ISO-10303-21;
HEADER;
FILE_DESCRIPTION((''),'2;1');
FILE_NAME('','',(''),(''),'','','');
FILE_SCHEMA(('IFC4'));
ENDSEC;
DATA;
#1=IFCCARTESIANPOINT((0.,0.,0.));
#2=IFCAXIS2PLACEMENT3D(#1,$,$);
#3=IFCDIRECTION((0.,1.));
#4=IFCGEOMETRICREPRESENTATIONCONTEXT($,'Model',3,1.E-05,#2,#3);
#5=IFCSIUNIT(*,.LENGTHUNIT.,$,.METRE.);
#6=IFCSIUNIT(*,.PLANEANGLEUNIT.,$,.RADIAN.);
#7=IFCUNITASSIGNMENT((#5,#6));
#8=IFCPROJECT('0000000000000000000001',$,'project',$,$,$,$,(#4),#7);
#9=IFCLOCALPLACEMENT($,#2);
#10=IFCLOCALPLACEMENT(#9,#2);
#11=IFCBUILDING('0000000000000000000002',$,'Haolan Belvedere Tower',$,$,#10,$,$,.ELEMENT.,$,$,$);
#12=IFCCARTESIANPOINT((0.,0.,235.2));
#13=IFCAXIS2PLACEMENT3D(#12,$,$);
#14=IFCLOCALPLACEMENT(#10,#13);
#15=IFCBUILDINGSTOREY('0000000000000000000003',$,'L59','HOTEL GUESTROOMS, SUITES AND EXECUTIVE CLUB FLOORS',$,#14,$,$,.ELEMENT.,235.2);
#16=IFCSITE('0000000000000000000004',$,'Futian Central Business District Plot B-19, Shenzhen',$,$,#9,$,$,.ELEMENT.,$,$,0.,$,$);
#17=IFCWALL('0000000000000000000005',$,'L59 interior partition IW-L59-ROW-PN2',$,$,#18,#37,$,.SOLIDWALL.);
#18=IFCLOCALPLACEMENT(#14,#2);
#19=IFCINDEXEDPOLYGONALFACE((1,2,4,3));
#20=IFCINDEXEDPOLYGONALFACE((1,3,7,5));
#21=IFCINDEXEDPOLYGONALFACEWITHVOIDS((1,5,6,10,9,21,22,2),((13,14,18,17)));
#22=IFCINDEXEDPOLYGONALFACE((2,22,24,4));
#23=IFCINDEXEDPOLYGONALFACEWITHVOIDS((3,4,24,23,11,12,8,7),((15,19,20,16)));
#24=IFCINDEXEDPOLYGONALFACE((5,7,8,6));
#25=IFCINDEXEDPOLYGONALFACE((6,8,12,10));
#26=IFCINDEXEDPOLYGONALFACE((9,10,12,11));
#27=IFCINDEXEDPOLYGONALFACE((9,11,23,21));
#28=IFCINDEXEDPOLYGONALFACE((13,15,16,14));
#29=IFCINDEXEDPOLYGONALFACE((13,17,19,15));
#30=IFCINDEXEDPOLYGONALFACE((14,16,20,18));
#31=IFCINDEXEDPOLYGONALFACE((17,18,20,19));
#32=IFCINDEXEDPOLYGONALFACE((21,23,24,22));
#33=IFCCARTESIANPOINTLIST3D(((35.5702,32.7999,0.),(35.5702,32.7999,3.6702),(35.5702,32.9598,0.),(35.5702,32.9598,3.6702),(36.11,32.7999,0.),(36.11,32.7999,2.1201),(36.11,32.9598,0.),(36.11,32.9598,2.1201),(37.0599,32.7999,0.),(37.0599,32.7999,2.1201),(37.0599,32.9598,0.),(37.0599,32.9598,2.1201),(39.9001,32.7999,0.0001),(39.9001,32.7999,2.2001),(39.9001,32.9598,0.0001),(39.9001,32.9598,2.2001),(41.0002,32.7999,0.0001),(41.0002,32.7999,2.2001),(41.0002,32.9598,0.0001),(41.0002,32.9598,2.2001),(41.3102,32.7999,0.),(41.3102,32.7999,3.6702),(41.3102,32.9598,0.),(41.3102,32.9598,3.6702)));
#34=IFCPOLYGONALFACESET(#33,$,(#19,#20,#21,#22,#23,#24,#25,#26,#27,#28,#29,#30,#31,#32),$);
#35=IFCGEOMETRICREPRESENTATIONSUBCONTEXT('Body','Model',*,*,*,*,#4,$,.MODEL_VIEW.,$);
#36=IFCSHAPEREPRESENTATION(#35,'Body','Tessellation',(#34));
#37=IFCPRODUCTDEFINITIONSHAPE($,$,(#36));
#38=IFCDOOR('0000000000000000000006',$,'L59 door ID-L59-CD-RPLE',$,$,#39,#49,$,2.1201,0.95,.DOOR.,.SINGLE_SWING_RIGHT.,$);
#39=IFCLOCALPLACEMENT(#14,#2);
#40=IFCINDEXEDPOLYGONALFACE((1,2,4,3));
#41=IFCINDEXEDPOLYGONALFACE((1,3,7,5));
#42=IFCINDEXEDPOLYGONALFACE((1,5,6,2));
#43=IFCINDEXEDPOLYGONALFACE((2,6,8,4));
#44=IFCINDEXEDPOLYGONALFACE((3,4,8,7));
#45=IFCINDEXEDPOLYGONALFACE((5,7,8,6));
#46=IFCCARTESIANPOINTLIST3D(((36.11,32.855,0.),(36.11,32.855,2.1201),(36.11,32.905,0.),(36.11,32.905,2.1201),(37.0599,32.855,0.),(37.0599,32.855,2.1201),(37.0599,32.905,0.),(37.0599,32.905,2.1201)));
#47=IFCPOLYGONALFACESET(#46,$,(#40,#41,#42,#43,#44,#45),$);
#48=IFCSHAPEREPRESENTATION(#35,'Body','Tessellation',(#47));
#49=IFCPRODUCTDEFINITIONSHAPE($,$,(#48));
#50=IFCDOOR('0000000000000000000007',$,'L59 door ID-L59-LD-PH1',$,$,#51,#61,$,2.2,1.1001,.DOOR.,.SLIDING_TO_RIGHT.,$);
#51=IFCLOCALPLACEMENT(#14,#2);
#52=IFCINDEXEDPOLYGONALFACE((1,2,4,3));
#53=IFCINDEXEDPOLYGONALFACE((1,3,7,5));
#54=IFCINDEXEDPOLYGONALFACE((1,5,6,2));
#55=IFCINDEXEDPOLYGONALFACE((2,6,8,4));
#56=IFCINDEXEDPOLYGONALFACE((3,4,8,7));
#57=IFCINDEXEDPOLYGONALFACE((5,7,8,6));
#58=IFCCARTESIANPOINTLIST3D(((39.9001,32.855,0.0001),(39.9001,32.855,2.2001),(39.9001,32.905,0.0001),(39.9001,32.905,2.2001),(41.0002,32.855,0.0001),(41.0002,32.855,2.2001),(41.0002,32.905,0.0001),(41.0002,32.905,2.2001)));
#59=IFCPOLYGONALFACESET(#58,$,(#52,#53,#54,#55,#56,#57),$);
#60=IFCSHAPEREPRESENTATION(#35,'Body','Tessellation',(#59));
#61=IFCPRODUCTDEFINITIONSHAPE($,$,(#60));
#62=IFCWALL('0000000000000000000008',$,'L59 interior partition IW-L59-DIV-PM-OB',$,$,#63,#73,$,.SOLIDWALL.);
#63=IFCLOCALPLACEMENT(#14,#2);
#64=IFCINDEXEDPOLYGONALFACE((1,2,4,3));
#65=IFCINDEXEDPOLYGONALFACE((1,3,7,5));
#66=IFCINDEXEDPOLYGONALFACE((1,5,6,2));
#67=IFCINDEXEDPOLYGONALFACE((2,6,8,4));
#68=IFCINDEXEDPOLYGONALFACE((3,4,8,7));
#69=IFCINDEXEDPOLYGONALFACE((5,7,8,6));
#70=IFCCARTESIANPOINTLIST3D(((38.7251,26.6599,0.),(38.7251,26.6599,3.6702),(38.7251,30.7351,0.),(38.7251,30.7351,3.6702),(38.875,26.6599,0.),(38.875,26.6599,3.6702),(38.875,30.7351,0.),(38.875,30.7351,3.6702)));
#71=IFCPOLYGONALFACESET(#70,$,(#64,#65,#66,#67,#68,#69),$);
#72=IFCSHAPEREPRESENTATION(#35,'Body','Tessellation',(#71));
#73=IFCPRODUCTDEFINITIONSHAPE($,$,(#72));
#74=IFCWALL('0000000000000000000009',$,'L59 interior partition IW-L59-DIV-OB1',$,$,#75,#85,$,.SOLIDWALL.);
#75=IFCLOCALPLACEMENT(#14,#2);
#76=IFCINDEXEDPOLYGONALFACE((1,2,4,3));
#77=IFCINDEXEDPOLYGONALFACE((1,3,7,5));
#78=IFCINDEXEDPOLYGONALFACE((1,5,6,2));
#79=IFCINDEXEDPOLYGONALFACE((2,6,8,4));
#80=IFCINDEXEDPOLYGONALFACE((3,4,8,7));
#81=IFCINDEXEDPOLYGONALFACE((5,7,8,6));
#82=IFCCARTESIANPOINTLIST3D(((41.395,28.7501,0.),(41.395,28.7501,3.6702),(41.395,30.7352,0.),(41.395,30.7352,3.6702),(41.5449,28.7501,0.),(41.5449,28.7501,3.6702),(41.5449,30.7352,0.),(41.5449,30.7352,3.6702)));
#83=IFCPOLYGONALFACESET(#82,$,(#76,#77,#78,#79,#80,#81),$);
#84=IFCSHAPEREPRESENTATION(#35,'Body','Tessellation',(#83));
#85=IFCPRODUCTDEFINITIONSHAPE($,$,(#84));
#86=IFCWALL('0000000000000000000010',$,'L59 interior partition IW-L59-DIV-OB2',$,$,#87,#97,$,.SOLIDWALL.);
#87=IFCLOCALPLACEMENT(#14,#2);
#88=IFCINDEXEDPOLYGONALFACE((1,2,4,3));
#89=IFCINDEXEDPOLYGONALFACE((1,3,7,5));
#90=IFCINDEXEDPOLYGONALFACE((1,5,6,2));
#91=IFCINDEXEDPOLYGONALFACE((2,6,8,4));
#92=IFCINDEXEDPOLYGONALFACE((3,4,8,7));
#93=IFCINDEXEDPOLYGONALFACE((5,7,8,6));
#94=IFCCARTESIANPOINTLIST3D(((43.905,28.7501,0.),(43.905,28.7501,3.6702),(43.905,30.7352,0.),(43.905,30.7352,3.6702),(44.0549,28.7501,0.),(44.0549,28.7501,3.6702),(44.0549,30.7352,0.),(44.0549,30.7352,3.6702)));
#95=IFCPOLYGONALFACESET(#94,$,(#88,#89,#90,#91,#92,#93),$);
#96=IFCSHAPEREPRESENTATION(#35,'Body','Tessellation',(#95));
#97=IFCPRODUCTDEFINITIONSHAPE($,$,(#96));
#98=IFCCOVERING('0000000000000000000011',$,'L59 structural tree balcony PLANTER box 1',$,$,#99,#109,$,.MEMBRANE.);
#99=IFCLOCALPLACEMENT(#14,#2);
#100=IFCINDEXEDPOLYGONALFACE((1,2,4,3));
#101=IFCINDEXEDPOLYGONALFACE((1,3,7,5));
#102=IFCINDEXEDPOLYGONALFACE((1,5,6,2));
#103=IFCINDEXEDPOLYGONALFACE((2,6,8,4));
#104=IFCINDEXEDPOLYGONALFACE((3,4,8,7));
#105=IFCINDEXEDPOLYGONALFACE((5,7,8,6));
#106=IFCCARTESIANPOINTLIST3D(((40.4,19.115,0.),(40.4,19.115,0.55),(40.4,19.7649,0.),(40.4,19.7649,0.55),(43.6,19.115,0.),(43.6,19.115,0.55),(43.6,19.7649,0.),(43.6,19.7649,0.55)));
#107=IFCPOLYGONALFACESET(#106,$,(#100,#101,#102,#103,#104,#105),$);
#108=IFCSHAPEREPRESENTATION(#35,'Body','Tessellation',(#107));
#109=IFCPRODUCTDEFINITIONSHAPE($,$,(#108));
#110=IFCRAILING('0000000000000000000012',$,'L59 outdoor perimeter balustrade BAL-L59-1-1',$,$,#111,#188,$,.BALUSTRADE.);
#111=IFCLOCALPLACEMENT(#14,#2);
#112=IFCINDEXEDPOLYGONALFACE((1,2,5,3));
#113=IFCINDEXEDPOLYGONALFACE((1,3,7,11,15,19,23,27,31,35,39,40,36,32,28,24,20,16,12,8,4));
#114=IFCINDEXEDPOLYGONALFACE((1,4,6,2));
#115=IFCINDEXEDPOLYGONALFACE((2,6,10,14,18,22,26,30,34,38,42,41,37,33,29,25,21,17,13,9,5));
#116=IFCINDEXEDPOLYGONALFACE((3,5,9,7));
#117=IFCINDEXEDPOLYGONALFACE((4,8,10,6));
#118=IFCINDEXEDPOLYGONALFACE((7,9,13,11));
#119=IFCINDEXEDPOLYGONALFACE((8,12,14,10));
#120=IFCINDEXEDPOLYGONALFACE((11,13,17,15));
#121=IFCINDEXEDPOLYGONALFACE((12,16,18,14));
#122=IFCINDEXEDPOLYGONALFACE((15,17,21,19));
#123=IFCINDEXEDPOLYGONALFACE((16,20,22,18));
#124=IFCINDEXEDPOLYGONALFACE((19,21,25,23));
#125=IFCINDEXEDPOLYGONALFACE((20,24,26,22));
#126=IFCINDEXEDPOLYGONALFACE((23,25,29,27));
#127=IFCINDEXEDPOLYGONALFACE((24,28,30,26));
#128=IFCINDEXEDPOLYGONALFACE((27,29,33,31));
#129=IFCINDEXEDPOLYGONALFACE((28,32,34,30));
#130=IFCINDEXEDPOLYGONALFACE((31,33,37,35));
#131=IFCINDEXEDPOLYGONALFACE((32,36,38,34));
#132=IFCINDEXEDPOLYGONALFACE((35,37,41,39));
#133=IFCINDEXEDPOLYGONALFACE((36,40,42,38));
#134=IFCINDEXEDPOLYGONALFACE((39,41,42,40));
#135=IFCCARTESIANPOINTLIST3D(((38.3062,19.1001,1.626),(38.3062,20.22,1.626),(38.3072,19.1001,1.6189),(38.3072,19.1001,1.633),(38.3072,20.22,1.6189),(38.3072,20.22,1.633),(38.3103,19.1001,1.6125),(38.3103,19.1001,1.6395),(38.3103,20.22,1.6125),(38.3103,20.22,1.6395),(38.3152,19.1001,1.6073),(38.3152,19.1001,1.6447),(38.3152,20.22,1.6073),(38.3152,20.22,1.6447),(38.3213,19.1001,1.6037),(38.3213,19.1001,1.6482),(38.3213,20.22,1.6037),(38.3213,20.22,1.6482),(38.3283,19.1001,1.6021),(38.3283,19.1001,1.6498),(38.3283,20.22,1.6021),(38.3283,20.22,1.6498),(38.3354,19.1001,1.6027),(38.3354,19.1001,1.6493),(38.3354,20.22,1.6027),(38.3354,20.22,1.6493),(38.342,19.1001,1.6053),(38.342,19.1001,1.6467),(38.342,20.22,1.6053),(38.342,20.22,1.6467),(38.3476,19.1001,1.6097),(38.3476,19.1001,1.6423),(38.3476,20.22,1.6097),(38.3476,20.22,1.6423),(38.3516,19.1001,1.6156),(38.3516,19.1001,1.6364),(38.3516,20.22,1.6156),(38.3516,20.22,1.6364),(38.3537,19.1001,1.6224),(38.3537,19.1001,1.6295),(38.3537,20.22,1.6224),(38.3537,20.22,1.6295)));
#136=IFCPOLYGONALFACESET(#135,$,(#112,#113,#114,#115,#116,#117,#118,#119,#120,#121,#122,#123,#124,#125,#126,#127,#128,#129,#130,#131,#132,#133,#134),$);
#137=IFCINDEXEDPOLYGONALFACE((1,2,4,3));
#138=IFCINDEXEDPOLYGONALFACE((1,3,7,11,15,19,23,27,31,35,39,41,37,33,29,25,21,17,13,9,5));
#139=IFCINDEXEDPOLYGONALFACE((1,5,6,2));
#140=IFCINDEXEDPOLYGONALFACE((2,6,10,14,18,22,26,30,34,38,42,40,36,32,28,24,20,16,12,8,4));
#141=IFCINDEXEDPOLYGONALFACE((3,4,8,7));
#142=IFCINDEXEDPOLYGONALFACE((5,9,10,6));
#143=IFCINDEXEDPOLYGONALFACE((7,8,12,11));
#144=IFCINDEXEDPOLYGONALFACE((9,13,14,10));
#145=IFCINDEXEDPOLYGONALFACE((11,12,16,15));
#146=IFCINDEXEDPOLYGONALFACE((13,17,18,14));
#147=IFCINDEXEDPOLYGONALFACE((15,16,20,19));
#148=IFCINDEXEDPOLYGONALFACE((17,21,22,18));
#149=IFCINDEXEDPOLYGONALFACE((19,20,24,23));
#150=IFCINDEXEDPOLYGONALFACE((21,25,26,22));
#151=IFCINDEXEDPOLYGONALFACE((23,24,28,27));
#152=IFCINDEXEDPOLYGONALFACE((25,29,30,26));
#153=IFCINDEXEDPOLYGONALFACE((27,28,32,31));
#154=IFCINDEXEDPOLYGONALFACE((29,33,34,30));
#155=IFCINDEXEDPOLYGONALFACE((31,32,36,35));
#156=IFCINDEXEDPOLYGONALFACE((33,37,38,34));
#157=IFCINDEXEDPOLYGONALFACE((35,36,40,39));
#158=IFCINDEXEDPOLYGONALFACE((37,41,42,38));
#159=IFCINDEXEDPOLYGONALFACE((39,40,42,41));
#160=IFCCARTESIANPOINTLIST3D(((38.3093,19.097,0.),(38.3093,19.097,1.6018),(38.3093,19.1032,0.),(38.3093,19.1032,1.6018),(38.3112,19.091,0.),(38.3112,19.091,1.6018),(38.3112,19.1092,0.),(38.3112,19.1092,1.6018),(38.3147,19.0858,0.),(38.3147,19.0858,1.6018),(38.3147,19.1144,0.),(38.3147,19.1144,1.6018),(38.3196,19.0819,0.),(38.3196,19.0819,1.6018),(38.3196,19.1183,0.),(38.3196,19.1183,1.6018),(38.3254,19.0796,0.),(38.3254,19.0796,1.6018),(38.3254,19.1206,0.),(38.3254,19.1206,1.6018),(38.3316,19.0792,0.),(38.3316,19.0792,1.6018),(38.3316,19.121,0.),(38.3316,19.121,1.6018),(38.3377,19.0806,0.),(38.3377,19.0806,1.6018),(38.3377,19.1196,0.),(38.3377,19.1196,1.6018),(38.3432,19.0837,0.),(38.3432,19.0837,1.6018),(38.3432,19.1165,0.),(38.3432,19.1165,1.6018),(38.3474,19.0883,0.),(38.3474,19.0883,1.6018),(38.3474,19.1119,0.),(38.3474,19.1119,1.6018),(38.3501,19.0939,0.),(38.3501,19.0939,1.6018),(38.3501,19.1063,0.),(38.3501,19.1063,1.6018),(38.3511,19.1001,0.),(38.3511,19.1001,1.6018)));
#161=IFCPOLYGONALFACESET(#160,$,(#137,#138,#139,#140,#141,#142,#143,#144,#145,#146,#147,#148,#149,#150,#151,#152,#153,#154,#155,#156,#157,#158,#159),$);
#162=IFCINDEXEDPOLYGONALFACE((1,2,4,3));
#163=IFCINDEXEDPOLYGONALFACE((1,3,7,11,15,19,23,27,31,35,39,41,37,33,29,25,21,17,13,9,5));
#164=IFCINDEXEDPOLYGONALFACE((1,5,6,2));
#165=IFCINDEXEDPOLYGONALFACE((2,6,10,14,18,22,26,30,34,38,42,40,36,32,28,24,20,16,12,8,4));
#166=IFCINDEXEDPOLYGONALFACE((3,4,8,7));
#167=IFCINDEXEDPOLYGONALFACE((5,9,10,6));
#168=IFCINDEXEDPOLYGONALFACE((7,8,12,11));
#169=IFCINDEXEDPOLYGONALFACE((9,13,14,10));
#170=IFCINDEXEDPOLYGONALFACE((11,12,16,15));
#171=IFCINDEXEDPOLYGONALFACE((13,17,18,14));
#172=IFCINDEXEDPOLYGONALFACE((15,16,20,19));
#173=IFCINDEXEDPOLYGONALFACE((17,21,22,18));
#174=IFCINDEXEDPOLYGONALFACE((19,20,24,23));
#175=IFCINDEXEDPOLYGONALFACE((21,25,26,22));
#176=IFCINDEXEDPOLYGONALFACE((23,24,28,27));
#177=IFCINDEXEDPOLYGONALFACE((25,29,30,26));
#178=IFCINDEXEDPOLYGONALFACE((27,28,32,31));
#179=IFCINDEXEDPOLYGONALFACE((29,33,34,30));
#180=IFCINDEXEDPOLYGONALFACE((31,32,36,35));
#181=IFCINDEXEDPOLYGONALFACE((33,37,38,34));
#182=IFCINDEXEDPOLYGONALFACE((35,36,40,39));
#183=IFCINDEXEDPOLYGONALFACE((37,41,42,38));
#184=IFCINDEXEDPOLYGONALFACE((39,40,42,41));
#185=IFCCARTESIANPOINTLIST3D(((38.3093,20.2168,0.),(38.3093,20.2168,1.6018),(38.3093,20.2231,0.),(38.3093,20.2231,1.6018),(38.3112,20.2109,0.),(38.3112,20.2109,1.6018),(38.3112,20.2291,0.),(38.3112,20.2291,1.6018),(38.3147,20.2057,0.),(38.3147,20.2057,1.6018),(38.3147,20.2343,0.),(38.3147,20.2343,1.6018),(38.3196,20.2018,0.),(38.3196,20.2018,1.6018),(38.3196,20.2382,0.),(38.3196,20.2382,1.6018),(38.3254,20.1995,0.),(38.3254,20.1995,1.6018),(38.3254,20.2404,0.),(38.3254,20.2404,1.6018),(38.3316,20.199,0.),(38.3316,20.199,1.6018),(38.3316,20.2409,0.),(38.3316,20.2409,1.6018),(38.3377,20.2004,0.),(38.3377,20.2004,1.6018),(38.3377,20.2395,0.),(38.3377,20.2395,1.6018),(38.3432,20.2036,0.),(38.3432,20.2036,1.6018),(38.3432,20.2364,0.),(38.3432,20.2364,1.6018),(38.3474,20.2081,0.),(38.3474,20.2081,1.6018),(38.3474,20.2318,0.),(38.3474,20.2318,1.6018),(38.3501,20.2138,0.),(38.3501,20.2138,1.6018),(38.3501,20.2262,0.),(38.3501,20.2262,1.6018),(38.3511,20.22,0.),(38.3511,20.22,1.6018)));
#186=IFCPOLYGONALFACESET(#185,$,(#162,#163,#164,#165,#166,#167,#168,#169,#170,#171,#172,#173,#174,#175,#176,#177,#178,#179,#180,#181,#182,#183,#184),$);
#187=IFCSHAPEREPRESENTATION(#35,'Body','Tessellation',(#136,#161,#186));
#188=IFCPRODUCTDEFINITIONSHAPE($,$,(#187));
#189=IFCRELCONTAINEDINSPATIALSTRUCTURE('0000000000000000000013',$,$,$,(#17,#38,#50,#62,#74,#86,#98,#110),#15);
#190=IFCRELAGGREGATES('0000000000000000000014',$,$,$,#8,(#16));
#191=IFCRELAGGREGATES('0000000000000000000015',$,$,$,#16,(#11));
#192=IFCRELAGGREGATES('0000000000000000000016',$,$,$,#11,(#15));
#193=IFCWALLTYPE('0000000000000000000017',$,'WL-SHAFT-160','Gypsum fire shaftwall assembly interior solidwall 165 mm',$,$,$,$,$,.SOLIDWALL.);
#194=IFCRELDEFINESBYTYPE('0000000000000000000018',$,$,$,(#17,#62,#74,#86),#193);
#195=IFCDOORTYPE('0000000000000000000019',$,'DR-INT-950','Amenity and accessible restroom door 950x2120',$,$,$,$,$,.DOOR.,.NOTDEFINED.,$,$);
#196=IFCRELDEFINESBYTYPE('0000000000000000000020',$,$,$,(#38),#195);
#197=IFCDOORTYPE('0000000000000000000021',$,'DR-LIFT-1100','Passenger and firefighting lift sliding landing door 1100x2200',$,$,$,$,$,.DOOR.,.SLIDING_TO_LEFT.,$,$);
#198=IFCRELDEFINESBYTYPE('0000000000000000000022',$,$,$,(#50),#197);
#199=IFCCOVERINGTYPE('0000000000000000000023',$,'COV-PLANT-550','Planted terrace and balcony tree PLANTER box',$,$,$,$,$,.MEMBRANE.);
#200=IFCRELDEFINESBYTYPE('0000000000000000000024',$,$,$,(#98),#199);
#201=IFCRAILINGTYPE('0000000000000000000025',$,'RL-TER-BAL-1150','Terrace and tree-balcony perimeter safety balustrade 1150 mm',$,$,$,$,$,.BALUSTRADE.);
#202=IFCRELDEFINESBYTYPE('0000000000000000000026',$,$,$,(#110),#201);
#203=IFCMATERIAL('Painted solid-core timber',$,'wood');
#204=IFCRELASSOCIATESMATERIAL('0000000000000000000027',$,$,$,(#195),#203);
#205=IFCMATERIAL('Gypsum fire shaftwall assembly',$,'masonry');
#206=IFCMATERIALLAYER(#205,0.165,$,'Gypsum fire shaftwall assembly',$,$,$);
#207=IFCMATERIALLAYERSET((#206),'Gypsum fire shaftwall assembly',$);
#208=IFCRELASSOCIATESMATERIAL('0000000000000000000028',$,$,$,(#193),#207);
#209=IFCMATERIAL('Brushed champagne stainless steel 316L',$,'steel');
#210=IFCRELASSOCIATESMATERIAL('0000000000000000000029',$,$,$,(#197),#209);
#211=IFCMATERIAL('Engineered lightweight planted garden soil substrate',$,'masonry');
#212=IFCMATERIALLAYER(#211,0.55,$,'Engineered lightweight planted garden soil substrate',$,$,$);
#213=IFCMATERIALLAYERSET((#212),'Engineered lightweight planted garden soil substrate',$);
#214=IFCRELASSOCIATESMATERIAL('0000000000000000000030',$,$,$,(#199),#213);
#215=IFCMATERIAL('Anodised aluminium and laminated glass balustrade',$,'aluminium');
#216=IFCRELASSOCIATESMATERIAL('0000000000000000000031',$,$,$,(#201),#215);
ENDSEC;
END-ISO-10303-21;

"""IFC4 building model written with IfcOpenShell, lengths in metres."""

from ifc_helpers import new_model, si_unit, direction, frame, frame_2d, origin, origin_2d, place, context, subcontext, project, spatial, rectangle, circle, extrude, material, layer, layer_set, type_object, element, fill, save


model = new_model("IFC4")

# Units and contexts
model_context = context("Model", 3, precision=1e-05, world=origin(), true_north=direction((0.0, 1.0)))
body_context = subcontext(model_context, "Body", "Model", "MODEL_VIEW")
ifc_project = project(units=[si_unit("LENGTHUNIT", "METRE"), si_unit("PLANEANGLEUNIT", "RADIAN")], contexts=[model_context])

# Site, building, storey
site_placement = place(None, origin())
site = spatial("IfcSite", under=ifc_project, at=site_placement, Name="Futian Central Business District Plot B-19, Shenzhen", CompositionType="ELEMENT", RefElevation=0.0)
building_placement = place(site_placement, origin())
building = spatial("IfcBuilding", under=site, at=building_placement, Name="Haolan Belvedere Tower", CompositionType="ELEMENT")
storey_placement = place(building_placement, frame((0.0, 0.0, 235.2)))
storey = spatial("IfcBuildingStorey", under=building, at=storey_placement, Name="L59", Description="HOTEL GUESTROOMS, SUITES AND EXECUTIVE CLUB FLOORS", CompositionType="ELEMENT", Elevation=235.2)

# Shared definitions
ifc_material_1 = material(Name="Painted solid-core timber", Category="wood")
door_type_1 = type_object("IfcDoorType", Name="DR-INT-950", Description="Amenity and accessible restroom door 950x2120", OperationType="NOTDEFINED", PredefinedType="DOOR", material=ifc_material_1)

# Shared definitions
ifc_material_2 = material(Name="Gypsum fire shaftwall assembly", Category="masonry")
ifc_layer_1 = layer(ifc_material_2, 0.165, Name="Gypsum fire shaftwall assembly")
ifc_layer_set_1 = layer_set([ifc_layer_1], Name="Gypsum fire shaftwall assembly")
wall_type_1 = type_object("IfcWallType", Name="WL-SHAFT-160", Description="Gypsum fire shaftwall assembly interior solidwall 165 mm", PredefinedType="SOLIDWALL", material=ifc_layer_set_1)

# Wall, openings, doors
wall_1_placement = place(storey_placement, frame((35.5701, 32.8799, 0.0), z_axis=(0.0, 0.0, 1.0), x_axis=(1.0, 0.0, 0.0)))
wall_1 = element("IfcWall", 1, at=wall_1_placement, inside=storey, type_object=wall_type_1, Name="L59 interior partition IW-L59-ROW-PN2", PredefinedType="SOLIDWALL", context=body_context, shape_type="SweptSolid", body=[
    extrude(rectangle(XDim=5.74, YDim=0.1599, at=frame_2d((2.8701, 0.0))), origin(), (0.0, 0.0, 1.0), 3.6702),
])
opening_1_placement = place(wall_1_placement, frame((1.49, 0.0, 0.0), z_axis=(0.0, 0.0, 1.0), x_axis=(-1.0, 0.0, 0.0)))
opening_1 = element("IfcOpeningElement", 2, at=opening_1_placement, cuts=wall_1, PredefinedType="OPENING", context=body_context, shape_type="SweptSolid", body=[
    extrude(rectangle(XDim=0.95, YDim=2.1201, at=frame_2d((0.4751, 1.0601))), frame((0.0, 0.0898, 0.0), z_axis=(0.0, -1.0, 0.0), x_axis=(1.0, 0.0, 0.0)), (0.0, 0.0, 1.0), 0.1799),
])
opening_2_placement = place(wall_1_placement, frame((5.4302, 0.0, 0.0), z_axis=(0.0, 0.0, 1.0), x_axis=(-1.0, 0.0, 0.0)))
opening_2 = element("IfcOpeningElement", 3, at=opening_2_placement, cuts=wall_1, PredefinedType="OPENING", context=body_context, shape_type="SweptSolid", body=[
    extrude(rectangle(XDim=1.1001, YDim=2.2, at=frame_2d((0.55, 1.1001))), frame((0.0, 0.0898, 0.0), z_axis=(0.0, -1.0, 0.0), x_axis=(1.0, 0.0, 0.0)), (0.0, 0.0, 1.0), 0.1799),
])
door_1_placement = place(opening_1_placement, origin())
door_1 = element("IfcDoor", 4, at=door_1_placement, inside=storey, type_object=door_type_1, Name="L59 door ID-L59-CD-RPLE", OperationType="SINGLE_SWING_RIGHT", OverallHeight=2.1201, OverallWidth=0.95, PredefinedType="DOOR", context=body_context, shape_type="SweptSolid", body=[
    extrude(rectangle(XDim=0.95, YDim=2.1201, at=frame_2d((0.4751, 1.0601))), frame((0.0, 0.0249, 0.0), z_axis=(0.0, -1.0, 0.0), x_axis=(1.0, 0.0, 0.0)), (0.0, 0.0, 1.0), 0.05),
])
fill(opening_1, door_1)
ifc_material_3 = material(Name="Brushed champagne stainless steel 316L", Category="steel")
door_type_2 = type_object("IfcDoorType", Name="DR-LIFT-1100", Description="Passenger and firefighting lift sliding landing door 1100x2200", OperationType="SLIDING_TO_LEFT", PredefinedType="DOOR", material=ifc_material_3)
door_2_placement = place(opening_2_placement, origin())
door_2 = element("IfcDoor", 5, at=door_2_placement, inside=storey, type_object=door_type_2, Name="L59 door ID-L59-LD-PH1", OperationType="SLIDING_TO_RIGHT", OverallHeight=2.2, OverallWidth=1.1001, PredefinedType="DOOR", context=body_context, shape_type="SweptSolid", body=[
    extrude(rectangle(XDim=1.1001, YDim=2.2, at=frame_2d((0.55, 1.1001))), frame((0.0, 0.0249, 0.0), z_axis=(0.0, -1.0, 0.0), x_axis=(1.0, 0.0, 0.0)), (0.0, 0.0, 1.0), 0.05),
])
fill(opening_2, door_2)

# Walls
wall_2_placement = place(storey_placement, frame((38.8, 26.6599, 0.0), z_axis=(0.0, 0.0, 1.0), x_axis=(0.0, 1.0, 0.0)))
element("IfcWall", 6, at=wall_2_placement, inside=storey, type_object=wall_type_1, Name="L59 interior partition IW-L59-DIV-PM-OB", PredefinedType="SOLIDWALL", context=body_context, shape_type="SweptSolid", body=[
    extrude(rectangle(XDim=4.0752, YDim=0.1499, at=frame_2d((2.0376, 0.0))), origin(), (0.0, 0.0, 1.0), 3.6702),
])
for number, where, z_axis, x_axis, name in (
    (7, (41.47, 28.75, 0.0), (0.0, 0.0, 1.0), (0.0, 1.0, 0.0), "L59 interior partition IW-L59-DIV-OB1"),
    (8, (43.98, 28.75, 0.0), (0.0, 0.0, 1.0), (0.0, 1.0, 0.0), "L59 interior partition IW-L59-DIV-OB2"),
):
    element("IfcWall", number, at=place(storey_placement, frame(where, z_axis=z_axis, x_axis=x_axis)), inside=storey, type_object=wall_type_1, Name=name, PredefinedType="SOLIDWALL", context=body_context, shape_type="SweptSolid", body=[
        extrude(rectangle(XDim=1.9851, YDim=0.1499, at=frame_2d((0.9927, 0.0))), origin(), (0.0, 0.0, 1.0), 3.6702),
    ])

# Covering
ifc_material_4 = material(Name="Engineered lightweight planted garden soil substrate", Category="masonry")
ifc_layer_2 = layer(ifc_material_4, 0.55, Name="Engineered lightweight planted garden soil substrate")
ifc_layer_set_2 = layer_set([ifc_layer_2], Name="Engineered lightweight planted garden soil substrate")
covering_type = type_object("IfcCoveringType", Name="COV-PLANT-550", Description="Planted terrace and balcony tree PLANTER box", PredefinedType="MEMBRANE", material=ifc_layer_set_2)
covering_placement = place(storey_placement, frame((42.0, 19.4399, 0.0), z_axis=(0.0, 0.0, 1.0), x_axis=(1.0, 0.0, 0.0)))
element("IfcCovering", 9, at=covering_placement, inside=storey, type_object=covering_type, Name="L59 structural tree balcony PLANTER box 1", PredefinedType="MEMBRANE", context=body_context, shape_type="SweptSolid", body=[
    extrude(rectangle(XDim=3.2, YDim=0.6499, at=origin_2d()), origin(), (0.0, 0.0, 1.0), 0.55),
])

# Railing
ifc_material_5 = material(Name="Anodised aluminium and laminated glass balustrade", Category="aluminium")
railing_type = type_object("IfcRailingType", Name="RL-TER-BAL-1150", Description="Terrace and tree-balcony perimeter safety balustrade 1150 mm", PredefinedType="BALUSTRADE", material=ifc_material_5)
railing_placement = place(storey_placement, frame((38.3301, 19.1001, 0.0)))
element("IfcRailing", 10, at=railing_placement, inside=storey, type_object=railing_type, Name="L59 outdoor perimeter balustrade BAL-L59-1-1", PredefinedType="BALUSTRADE", context=body_context, shape_type="SweptSolid", body=[
    extrude(circle(Radius=0.0239, at=origin_2d()), frame((0.0, 0.0, 1.626), z_axis=(0.0, 1.0, 0.0), x_axis=(-1.0, 0.0, 0.0)), (0.0, 0.0, 1.0), 1.1199),
    extrude(circle(Radius=0.021, at=origin_2d()), origin(), (0.0, 0.0, 1.0), 1.6018),
    extrude(circle(Radius=0.021, at=origin_2d()), frame((0.0, 1.1199, 0.0)), (0.0, 0.0, 1.0), 1.6018),
])

save(model, "model.ifc")
